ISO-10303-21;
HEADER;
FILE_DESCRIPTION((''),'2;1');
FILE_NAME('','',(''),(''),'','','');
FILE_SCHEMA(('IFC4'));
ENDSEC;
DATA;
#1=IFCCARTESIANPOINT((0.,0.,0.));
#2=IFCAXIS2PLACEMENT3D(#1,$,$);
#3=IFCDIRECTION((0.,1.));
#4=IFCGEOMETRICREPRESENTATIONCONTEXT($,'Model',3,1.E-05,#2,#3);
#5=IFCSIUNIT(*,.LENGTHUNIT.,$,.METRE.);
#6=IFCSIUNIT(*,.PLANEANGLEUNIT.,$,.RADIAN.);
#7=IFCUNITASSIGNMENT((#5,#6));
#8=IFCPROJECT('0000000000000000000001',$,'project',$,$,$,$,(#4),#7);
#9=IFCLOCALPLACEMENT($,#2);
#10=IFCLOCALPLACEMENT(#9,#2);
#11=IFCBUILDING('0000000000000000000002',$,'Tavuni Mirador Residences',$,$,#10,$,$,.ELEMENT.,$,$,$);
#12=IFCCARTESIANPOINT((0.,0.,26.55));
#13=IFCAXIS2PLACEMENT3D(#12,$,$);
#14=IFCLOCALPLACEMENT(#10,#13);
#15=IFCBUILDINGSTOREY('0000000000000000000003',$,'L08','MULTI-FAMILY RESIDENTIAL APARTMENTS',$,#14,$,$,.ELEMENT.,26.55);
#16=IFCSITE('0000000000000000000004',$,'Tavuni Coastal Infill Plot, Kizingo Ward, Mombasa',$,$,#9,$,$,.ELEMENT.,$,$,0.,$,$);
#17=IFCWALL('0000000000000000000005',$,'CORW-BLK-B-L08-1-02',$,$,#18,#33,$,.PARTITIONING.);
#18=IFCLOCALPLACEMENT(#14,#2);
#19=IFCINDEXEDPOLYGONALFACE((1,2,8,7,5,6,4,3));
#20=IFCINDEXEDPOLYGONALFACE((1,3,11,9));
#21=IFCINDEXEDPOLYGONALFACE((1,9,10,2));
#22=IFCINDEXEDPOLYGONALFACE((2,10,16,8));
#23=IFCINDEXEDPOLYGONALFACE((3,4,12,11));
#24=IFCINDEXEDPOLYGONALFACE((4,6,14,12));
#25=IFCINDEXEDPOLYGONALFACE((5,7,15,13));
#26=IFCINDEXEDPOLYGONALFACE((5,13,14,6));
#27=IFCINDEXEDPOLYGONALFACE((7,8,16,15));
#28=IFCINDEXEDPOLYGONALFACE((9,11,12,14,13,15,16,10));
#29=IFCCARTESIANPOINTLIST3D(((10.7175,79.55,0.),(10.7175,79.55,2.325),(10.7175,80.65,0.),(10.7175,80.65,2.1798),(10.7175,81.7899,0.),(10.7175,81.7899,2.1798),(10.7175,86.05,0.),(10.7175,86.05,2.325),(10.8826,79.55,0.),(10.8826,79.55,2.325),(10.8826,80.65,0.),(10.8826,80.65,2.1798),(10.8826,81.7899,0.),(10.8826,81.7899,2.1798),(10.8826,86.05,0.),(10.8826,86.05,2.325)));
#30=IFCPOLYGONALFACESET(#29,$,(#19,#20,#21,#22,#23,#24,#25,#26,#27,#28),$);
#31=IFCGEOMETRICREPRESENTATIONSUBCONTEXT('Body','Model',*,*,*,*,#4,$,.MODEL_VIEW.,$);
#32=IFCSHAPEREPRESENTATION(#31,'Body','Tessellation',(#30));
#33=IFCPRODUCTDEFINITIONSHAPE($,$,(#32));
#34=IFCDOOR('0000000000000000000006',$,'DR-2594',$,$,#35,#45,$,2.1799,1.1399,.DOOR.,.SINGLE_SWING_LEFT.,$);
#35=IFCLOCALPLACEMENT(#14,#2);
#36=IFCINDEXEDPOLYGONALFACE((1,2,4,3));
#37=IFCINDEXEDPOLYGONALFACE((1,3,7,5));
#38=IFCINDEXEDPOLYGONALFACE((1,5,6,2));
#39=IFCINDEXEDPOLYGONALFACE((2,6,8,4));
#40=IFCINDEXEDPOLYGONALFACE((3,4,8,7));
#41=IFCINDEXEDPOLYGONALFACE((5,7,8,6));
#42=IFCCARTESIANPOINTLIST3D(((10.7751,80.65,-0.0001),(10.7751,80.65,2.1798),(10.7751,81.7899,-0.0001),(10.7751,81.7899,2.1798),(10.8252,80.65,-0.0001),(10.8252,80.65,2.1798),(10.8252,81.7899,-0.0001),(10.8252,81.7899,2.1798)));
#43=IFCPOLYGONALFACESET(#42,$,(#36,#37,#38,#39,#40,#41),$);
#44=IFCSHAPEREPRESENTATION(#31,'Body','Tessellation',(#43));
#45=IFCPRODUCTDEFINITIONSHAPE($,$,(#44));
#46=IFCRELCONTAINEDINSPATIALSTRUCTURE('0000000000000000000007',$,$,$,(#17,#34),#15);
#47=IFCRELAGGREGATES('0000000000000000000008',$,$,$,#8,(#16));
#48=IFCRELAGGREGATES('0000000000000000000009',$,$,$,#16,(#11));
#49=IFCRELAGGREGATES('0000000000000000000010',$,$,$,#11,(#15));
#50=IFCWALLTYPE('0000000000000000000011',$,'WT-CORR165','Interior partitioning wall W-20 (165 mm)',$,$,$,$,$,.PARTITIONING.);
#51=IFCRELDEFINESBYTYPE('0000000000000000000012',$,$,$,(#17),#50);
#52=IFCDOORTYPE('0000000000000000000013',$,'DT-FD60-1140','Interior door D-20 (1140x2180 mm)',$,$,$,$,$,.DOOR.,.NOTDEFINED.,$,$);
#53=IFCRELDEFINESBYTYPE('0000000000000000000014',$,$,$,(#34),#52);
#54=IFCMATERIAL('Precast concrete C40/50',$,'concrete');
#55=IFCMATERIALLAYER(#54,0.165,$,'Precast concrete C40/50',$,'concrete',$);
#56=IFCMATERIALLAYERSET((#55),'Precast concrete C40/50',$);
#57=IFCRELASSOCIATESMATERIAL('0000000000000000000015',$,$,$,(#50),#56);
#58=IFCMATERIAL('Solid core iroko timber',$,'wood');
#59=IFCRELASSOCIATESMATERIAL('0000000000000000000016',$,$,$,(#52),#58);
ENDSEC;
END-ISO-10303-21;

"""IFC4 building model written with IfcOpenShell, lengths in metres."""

from ifc_helpers import new_model, si_unit, direction, frame, frame_2d, origin, place, context, subcontext, project, spatial, rectangle, extrude, material, layer, layer_set, type_object, element, fill, save


model = new_model("IFC4")

# Units and contexts
model_context = context("Model", 3, precision=1e-05, world=origin(), true_north=direction((0.0, 1.0)))
body_context = subcontext(model_context, "Body", "Model", "MODEL_VIEW")
ifc_project = project(units=[si_unit("LENGTHUNIT", "METRE"), si_unit("PLANEANGLEUNIT", "RADIAN")], contexts=[model_context])

# Site, building, storey
site_placement = place(None, origin())
site = spatial("IfcSite", under=ifc_project, at=site_placement, Name="Tavuni Coastal Infill Plot, Kizingo Ward, Mombasa", CompositionType="ELEMENT", RefElevation=0.0)
building_placement = place(site_placement, origin())
building = spatial("IfcBuilding", under=site, at=building_placement, Name="Tavuni Mirador Residences", CompositionType="ELEMENT")
storey_placement = place(building_placement, frame((0.0, 0.0, 26.55)))
storey = spatial("IfcBuildingStorey", under=building, at=storey_placement, Name="L08", Description="MULTI-FAMILY RESIDENTIAL APARTMENTS", CompositionType="ELEMENT", Elevation=26.55)

# Shared definitions
ifc_material_1 = material(Name="Precast concrete C40/50", Category="concrete")

# Shared definitions
ifc_material_2 = material(Name="Solid core iroko timber", Category="wood")

# Wall, opening, door
ifc_layer_1 = layer(ifc_material_1, 0.165, Name="Precast concrete C40/50", Category="concrete")
ifc_layer_set_1 = layer_set([ifc_layer_1], Name="Precast concrete C40/50")
wall_type_1 = type_object("IfcWallType", Name="WT-CORR165", Description="Interior partitioning wall W-20 (165 mm)", PredefinedType="PARTITIONING", material=ifc_layer_set_1)
wall_1_placement = place(storey_placement, frame((10.8, 79.55, 0.0), z_axis=(0.0, 0.0, 1.0), x_axis=(0.0, 1.0, 0.0)))
wall_1 = element("IfcWall", 1, at=wall_1_placement, inside=storey, type_object=wall_type_1, Name="CORW-BLK-B-L08-1-02", PredefinedType="PARTITIONING", context=body_context, shape_type="SweptSolid", body=[
    extrude(rectangle(XDim=6.5, YDim=0.165, at=frame_2d((3.25, 0.0))), origin(), (0.0, 0.0, 1.0), 2.325),
])
opening_1_placement = place(wall_1_placement, frame((1.1001, 0.0, 0.0)))
opening_1 = element("IfcOpeningElement", 2, at=opening_1_placement, cuts=wall_1, PredefinedType="OPENING", context=body_context, shape_type="SweptSolid", body=[
    extrude(rectangle(XDim=1.1399, YDim=2.1799, at=frame_2d((0.5698, 1.0898))), frame((0.0, 0.0925, 0.0), z_axis=(0.0, -1.0, 0.0), x_axis=(1.0, 0.0, 0.0)), (0.0, 0.0, 1.0), 0.1851),
])
door_type_1 = type_object("IfcDoorType", Name="DT-FD60-1140", Description="Interior door D-20 (1140x2180 mm)", OperationType="NOTDEFINED", PredefinedType="DOOR", material=ifc_material_2)
door_1_placement = place(opening_1_placement, origin())
door_1 = element("IfcDoor", 3, at=door_1_placement, inside=storey, type_object=door_type_1, Name="DR-2594", OperationType="SINGLE_SWING_LEFT", OverallHeight=2.1799, OverallWidth=1.1399, PredefinedType="DOOR", context=body_context, shape_type="SweptSolid", body=[
    extrude(rectangle(XDim=1.1399, YDim=2.1799, at=frame_2d((0.5698, 1.0898))), frame((0.0, 0.0249, 0.0), z_axis=(0.0, -1.0, 0.0), x_axis=(1.0, 0.0, 0.0)), (0.0, 0.0, 1.0), 0.05),
])
fill(opening_1, door_1)

save(model, "model.ifc")
